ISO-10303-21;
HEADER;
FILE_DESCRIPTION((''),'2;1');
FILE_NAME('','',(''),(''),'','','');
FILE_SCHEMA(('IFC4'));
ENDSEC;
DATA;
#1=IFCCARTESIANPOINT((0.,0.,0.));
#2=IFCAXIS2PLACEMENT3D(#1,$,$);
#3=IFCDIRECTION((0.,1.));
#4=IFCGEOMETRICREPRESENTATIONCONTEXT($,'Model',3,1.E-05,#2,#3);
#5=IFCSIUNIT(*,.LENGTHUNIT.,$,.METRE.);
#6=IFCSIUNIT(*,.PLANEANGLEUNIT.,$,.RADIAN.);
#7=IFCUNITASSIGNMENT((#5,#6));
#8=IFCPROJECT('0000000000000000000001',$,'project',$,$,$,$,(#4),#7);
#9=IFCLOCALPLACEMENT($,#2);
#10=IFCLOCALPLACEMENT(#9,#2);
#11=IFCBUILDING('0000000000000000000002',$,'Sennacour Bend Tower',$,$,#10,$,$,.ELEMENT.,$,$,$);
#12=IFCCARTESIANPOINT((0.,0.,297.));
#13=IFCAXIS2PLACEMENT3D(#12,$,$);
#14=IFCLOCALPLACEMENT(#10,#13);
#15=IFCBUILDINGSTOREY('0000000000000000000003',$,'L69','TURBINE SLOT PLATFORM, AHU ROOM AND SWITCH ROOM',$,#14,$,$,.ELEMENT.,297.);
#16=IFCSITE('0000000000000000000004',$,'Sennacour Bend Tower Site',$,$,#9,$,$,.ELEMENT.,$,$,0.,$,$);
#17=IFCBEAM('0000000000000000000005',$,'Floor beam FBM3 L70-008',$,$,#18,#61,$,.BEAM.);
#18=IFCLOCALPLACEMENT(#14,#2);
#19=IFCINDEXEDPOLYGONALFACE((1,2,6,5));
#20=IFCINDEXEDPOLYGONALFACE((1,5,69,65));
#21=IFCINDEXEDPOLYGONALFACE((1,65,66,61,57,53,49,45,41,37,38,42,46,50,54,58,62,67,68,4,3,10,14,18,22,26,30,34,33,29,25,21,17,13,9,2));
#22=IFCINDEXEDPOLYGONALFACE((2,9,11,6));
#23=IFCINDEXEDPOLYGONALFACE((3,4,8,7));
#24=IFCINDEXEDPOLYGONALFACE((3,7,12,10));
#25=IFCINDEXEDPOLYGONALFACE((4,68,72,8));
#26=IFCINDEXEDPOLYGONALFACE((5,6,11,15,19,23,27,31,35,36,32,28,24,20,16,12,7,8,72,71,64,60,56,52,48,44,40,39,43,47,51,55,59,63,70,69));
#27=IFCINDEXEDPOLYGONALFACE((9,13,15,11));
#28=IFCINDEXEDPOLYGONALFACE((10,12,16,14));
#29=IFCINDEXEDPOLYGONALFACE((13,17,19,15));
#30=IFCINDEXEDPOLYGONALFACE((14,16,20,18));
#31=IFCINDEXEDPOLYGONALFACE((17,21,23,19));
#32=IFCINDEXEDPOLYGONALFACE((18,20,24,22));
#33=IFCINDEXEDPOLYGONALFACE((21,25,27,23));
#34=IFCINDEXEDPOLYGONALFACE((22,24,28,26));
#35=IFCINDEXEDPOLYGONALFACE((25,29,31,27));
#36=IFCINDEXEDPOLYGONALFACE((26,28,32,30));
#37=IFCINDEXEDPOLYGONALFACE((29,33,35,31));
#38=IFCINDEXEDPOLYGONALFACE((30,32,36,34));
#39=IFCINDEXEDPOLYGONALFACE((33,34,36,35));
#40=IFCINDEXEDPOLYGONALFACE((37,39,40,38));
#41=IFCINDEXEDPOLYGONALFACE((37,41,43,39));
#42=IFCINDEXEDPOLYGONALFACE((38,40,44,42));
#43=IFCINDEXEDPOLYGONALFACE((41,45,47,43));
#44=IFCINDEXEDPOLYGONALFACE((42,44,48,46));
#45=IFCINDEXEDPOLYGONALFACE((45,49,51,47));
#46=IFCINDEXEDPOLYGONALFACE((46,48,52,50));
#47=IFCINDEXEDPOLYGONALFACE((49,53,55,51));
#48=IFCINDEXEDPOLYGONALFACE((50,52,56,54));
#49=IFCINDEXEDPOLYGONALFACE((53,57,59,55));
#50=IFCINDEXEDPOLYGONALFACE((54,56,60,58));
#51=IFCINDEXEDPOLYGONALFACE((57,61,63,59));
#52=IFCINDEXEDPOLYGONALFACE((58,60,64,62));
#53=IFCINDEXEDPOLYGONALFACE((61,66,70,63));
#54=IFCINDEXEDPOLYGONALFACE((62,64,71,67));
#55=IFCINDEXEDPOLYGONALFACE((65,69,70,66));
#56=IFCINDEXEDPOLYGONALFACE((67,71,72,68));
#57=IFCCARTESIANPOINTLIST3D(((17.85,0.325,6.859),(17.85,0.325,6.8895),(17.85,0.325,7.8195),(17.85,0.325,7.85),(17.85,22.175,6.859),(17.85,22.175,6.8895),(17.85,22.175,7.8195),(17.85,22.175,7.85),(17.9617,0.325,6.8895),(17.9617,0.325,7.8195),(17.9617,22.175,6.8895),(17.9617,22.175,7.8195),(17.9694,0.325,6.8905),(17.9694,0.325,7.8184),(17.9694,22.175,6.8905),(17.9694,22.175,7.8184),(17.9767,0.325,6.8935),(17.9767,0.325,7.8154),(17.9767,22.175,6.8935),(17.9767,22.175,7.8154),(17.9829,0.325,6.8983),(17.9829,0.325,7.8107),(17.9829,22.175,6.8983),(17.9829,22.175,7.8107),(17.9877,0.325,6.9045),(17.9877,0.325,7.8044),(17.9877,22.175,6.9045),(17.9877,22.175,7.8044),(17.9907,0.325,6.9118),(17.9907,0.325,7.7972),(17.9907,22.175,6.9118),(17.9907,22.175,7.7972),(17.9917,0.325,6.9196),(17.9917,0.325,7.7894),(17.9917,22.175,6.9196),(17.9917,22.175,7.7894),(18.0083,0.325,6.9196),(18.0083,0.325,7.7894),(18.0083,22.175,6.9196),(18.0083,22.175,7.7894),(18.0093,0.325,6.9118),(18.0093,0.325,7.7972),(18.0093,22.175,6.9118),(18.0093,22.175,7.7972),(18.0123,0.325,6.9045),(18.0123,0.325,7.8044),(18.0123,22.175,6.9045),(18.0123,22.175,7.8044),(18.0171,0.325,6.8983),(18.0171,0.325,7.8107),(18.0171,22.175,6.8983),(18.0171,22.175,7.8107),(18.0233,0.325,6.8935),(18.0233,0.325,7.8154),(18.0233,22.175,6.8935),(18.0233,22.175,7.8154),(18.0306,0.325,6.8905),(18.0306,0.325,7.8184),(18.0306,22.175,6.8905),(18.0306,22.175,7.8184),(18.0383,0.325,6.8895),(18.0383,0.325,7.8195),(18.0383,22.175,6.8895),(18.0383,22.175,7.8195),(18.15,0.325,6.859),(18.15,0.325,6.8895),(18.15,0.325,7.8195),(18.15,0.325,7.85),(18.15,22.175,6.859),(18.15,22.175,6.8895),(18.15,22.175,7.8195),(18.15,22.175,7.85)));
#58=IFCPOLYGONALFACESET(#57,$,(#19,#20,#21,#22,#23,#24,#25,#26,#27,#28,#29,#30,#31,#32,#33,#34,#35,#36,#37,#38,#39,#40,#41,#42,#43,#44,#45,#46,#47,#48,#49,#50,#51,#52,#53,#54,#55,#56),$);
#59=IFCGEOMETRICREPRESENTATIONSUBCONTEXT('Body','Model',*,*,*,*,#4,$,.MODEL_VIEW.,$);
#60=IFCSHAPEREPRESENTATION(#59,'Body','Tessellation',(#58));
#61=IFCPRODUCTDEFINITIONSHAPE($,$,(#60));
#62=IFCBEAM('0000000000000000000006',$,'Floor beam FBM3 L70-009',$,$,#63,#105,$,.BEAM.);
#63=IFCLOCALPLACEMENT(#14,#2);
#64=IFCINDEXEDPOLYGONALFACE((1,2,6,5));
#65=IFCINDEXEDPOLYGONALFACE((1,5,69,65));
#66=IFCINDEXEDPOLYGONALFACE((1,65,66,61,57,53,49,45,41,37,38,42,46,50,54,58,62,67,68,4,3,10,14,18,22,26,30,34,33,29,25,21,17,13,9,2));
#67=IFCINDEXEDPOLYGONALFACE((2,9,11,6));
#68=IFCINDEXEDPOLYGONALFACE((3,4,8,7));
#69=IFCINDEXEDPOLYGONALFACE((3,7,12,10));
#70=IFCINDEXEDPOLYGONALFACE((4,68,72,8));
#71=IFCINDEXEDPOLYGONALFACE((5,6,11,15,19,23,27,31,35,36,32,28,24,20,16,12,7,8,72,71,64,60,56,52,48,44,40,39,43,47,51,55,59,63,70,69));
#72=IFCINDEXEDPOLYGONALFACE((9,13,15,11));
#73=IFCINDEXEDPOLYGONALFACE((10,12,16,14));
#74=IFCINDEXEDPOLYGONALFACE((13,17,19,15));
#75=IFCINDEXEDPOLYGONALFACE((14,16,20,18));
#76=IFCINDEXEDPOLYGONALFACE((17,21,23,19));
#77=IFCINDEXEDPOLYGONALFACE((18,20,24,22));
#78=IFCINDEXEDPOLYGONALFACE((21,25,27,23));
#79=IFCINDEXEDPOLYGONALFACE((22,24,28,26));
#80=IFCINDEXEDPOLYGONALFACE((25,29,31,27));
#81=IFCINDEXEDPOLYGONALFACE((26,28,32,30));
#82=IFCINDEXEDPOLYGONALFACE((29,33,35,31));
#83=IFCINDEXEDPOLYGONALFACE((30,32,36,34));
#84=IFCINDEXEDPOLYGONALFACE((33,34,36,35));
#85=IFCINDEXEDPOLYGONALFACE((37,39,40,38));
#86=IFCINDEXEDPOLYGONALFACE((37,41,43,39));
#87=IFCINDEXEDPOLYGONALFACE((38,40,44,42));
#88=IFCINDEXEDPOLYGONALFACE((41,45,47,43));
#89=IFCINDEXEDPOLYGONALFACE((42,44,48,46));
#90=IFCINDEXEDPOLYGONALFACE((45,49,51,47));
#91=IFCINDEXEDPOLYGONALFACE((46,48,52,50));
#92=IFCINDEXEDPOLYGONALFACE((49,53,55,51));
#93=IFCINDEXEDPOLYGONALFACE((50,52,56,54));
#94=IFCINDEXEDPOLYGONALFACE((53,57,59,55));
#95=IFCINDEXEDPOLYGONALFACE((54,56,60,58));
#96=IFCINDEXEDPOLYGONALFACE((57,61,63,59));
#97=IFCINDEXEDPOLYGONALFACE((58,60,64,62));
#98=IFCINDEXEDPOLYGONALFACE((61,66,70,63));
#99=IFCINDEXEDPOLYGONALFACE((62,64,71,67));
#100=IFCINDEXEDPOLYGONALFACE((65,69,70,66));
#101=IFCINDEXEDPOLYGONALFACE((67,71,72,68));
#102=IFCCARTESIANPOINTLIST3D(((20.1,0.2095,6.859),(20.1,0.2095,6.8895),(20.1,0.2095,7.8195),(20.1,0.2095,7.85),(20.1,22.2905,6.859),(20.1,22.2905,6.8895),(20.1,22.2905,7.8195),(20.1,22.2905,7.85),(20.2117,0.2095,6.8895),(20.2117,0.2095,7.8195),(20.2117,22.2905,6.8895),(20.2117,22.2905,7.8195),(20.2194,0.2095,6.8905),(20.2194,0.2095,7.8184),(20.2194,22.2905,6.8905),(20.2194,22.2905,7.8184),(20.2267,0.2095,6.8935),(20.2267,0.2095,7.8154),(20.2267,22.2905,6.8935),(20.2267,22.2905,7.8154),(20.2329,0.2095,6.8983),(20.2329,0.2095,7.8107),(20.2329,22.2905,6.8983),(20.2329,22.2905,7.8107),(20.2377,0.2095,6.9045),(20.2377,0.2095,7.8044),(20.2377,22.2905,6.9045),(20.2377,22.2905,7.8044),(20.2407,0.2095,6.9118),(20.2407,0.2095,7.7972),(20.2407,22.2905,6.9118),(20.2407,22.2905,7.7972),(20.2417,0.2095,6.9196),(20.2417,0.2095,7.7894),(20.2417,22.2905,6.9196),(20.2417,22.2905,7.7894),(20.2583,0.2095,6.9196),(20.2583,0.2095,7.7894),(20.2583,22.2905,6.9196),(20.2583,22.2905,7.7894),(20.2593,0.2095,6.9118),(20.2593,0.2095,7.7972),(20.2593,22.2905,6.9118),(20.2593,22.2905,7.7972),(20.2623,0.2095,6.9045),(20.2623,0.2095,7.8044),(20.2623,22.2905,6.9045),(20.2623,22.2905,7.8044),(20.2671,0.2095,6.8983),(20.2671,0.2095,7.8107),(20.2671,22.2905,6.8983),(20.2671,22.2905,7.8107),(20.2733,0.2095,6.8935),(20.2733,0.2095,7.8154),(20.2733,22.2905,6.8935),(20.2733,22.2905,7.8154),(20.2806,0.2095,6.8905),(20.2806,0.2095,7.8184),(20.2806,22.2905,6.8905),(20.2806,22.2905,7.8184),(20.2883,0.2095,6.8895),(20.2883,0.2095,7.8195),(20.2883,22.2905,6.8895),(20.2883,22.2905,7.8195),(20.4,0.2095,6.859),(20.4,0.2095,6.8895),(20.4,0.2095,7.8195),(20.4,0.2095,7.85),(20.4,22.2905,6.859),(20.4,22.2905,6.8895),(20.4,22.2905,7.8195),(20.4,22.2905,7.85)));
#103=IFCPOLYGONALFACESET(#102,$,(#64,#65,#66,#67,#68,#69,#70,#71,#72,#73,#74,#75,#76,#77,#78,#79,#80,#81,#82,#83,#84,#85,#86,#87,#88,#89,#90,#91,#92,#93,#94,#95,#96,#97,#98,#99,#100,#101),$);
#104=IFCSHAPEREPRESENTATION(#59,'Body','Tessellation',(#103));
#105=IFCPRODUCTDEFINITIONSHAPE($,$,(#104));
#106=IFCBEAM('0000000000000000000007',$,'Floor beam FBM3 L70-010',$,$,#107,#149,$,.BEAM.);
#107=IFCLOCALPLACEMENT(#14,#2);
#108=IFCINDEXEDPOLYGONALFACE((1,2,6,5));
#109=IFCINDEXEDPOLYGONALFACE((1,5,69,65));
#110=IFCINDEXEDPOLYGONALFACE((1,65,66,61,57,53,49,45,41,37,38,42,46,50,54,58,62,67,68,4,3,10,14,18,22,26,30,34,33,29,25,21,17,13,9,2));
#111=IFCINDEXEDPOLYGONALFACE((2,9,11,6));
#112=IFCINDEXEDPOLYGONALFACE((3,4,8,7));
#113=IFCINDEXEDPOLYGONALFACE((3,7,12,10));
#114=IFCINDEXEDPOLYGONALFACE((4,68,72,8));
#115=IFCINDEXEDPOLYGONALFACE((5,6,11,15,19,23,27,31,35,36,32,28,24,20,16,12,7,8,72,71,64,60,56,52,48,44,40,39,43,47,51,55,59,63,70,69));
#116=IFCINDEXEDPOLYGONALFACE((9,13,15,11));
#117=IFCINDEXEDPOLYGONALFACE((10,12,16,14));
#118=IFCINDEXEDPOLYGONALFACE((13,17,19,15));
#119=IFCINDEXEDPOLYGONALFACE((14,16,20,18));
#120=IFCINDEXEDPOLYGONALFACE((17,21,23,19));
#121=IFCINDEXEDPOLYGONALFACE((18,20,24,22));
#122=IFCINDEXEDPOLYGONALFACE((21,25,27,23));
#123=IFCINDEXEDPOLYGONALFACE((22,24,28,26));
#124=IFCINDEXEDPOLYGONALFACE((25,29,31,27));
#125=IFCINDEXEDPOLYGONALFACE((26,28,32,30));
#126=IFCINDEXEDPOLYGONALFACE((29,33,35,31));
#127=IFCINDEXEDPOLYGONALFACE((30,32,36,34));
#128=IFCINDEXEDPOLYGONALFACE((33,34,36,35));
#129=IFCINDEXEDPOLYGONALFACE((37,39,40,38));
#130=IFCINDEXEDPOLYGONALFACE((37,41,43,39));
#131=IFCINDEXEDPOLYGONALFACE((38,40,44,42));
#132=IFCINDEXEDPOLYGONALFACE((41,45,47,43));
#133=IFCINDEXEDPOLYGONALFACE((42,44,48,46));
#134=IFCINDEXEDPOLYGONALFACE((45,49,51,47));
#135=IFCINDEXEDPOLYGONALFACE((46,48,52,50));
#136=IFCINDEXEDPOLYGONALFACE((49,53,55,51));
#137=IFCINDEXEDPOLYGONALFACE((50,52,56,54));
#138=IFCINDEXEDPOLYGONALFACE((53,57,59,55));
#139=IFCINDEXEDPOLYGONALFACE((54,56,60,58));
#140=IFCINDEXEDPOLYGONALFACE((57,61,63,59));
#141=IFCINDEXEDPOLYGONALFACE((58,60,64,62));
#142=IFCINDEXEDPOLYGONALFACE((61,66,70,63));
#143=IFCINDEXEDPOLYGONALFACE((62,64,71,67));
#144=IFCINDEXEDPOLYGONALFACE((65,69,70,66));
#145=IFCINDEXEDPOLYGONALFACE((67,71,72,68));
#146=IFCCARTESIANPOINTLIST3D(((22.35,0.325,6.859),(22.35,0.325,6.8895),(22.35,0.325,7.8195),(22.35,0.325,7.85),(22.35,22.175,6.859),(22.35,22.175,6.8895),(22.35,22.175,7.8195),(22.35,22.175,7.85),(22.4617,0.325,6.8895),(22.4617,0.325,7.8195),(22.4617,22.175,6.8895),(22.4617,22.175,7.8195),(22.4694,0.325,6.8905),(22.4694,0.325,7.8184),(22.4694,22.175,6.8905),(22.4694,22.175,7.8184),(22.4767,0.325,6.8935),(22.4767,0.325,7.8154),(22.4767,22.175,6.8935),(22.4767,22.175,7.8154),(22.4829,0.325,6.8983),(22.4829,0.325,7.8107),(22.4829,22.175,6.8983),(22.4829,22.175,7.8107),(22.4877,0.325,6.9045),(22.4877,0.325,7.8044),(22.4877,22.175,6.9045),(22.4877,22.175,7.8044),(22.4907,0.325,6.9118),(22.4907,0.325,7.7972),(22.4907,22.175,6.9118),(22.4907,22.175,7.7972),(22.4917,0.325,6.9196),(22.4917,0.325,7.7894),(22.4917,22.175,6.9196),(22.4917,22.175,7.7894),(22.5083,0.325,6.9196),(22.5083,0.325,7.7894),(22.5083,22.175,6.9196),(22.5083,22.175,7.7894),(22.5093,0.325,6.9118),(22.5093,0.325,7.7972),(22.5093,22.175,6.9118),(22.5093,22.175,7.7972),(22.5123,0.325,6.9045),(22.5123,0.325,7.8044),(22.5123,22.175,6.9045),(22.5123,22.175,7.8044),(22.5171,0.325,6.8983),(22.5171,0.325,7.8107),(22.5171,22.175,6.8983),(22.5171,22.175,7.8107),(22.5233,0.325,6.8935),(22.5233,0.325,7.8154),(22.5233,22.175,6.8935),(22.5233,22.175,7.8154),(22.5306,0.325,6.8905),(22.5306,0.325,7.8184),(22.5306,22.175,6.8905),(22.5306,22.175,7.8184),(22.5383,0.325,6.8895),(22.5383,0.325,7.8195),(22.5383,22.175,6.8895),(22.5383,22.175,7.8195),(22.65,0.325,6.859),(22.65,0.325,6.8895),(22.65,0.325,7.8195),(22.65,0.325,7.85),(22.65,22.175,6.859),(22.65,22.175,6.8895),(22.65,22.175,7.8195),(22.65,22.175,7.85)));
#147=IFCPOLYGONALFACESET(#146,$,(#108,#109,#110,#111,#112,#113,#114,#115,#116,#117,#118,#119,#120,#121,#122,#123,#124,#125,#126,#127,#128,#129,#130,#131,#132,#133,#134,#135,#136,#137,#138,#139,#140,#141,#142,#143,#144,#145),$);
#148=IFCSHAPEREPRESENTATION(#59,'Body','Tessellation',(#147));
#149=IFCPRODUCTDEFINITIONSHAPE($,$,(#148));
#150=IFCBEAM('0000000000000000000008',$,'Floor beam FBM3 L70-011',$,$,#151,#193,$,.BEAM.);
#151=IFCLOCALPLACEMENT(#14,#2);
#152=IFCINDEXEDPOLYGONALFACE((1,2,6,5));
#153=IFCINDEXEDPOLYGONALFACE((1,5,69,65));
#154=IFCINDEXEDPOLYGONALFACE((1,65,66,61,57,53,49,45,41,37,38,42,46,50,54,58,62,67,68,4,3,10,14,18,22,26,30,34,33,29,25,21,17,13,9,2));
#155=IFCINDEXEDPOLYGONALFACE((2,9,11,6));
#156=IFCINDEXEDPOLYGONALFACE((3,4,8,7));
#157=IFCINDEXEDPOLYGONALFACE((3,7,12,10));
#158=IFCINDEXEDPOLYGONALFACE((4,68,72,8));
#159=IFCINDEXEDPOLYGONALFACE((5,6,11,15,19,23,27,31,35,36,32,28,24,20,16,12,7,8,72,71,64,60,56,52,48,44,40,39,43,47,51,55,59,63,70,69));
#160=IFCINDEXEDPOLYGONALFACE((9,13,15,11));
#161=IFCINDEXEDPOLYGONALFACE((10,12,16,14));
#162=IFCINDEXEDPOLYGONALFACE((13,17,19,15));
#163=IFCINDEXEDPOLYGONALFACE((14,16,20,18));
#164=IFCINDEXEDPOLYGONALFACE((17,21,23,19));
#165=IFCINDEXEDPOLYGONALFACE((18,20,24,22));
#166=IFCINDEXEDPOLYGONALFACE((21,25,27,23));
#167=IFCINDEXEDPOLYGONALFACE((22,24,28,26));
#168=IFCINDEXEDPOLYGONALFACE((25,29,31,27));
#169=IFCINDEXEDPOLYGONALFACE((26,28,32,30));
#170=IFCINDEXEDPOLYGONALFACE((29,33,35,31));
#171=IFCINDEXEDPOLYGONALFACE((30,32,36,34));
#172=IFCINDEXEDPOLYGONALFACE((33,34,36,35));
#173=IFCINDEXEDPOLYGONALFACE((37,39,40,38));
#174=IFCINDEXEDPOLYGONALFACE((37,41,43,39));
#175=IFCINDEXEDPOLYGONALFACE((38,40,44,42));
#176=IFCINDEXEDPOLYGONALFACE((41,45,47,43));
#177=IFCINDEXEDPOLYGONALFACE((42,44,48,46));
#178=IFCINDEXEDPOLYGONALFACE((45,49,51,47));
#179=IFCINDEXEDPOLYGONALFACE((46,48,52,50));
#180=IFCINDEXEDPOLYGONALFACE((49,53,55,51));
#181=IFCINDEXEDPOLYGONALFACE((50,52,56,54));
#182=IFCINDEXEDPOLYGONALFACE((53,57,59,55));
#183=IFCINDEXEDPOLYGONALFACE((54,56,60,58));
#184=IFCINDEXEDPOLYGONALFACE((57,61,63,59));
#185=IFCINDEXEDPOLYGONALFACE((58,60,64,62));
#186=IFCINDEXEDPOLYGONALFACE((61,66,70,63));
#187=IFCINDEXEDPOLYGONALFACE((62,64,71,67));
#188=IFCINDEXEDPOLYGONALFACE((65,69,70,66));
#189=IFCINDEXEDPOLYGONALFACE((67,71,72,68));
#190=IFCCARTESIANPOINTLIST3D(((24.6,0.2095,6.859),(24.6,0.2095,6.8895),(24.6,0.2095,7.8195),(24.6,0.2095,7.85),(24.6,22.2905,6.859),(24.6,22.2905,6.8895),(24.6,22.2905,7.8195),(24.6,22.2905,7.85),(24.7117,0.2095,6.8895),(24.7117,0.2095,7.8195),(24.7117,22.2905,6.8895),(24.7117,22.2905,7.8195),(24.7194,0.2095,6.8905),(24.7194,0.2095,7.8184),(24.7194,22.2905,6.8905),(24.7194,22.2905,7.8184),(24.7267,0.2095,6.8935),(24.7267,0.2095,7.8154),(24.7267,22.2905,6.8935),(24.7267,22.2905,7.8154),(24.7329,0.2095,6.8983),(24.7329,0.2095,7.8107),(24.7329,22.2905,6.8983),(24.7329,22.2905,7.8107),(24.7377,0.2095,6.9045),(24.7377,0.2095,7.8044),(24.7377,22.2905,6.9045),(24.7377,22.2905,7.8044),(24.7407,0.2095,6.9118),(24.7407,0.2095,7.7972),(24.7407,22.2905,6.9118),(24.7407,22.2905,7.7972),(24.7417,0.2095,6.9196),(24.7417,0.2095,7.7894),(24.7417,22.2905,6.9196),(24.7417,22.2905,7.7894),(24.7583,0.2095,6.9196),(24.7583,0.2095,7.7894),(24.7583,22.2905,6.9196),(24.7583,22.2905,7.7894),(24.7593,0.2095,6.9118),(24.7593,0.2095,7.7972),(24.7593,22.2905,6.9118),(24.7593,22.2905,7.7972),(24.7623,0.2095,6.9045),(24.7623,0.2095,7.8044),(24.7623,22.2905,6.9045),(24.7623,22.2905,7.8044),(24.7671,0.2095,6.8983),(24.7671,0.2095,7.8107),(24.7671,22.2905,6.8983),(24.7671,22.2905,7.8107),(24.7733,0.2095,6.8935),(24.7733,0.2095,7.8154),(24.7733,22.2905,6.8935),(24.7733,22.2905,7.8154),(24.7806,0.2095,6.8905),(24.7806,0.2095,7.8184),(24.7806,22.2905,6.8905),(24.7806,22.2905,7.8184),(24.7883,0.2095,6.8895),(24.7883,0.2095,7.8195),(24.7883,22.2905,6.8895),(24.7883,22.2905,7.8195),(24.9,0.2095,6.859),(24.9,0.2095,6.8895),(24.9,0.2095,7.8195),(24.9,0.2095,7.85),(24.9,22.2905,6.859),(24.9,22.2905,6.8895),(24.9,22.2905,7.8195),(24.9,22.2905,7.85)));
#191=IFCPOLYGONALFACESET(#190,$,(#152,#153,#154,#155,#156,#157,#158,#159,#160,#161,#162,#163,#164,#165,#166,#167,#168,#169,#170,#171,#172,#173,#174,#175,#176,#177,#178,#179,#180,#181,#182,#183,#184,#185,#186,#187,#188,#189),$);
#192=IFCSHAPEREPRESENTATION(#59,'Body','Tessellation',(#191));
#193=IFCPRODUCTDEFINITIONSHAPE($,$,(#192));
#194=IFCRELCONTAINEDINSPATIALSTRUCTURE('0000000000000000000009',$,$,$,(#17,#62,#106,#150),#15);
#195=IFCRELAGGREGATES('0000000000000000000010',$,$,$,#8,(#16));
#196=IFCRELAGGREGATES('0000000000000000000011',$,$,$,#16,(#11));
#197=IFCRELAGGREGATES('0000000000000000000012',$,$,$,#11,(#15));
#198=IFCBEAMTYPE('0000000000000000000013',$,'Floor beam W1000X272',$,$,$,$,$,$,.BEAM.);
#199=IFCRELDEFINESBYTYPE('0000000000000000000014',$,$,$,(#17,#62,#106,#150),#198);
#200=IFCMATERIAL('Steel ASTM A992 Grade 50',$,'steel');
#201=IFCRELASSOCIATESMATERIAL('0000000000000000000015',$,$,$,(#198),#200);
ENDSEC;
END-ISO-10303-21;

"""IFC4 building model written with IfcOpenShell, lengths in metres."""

from ifc_helpers import new_model, si_unit, direction, frame, origin, origin_2d, place, context, subcontext, project, spatial, i_section, extrude, material, material_profile, profile_set, type_object, element, save


model = new_model("IFC4")

# Units and contexts
model_context = context("Model", 3, precision=1e-05, world=origin(), true_north=direction((0.0, 1.0)))
body_context = subcontext(model_context, "Body", "Model", "MODEL_VIEW")
ifc_project = project(units=[si_unit("LENGTHUNIT", "METRE"), si_unit("PLANEANGLEUNIT", "RADIAN")], contexts=[model_context])

# Site, building, storey
site_placement = place(None, origin())
site = spatial("IfcSite", under=ifc_project, at=site_placement, Name="Sennacour Bend Tower Site", CompositionType="ELEMENT", RefElevation=0.0)
building_placement = place(site_placement, origin())
building = spatial("IfcBuilding", under=site, at=building_placement, Name="Sennacour Bend Tower", CompositionType="ELEMENT")
storey_placement = place(building_placement, frame((0.0, 0.0, 297.0)))
storey = spatial("IfcBuildingStorey", under=building, at=storey_placement, Name="L69", Description="TURBINE SLOT PLATFORM, AHU ROOM AND SWITCH ROOM", CompositionType="ELEMENT", Elevation=297.0)

# Shared definitions
ifc_material_1 = material(Name="Steel ASTM A992 Grade 50", Category="steel")

# Beams
ifc_material_profile_1 = material_profile(ifc_material_1, i_section(OverallWidth=0.3, OverallDepth=0.991, WebThickness=0.0166, FlangeThickness=0.0305, FilletRadius=0.03, at=origin_2d()), Name="Steel ASTM A992 Grade 50", Category="steel")
ifc_profile_set_1 = profile_set([ifc_material_profile_1], Name="Steel ASTM A992 Grade 50")
beam_type = type_object("IfcBeamType", Name="Floor beam W1000X272", PredefinedType="BEAM", material=ifc_profile_set_1)
beam_1_placement = place(storey_placement, frame((18.0, 0.325, 7.3545), z_axis=(0.0, 1.0, 0.0), x_axis=(-1.0, 0.0, 0.0)))
element("IfcBeam", 1, at=beam_1_placement, inside=storey, type_object=beam_type, Name="Floor beam FBM3 L70-008", PredefinedType="BEAM", context=body_context, shape_type="SweptSolid", body=[
    extrude(i_section(OverallWidth=0.3, OverallDepth=0.991, WebThickness=0.0166, FlangeThickness=0.0305, FilletRadius=0.03, at=origin_2d()), origin(), (0.0, 0.0, 1.0), 21.8501),
])
beam_2_placement = place(storey_placement, frame((20.25, 0.2095, 7.3545), z_axis=(0.0, 1.0, 0.0), x_axis=(-1.0, 0.0, 0.0)))
element("IfcBeam", 2, at=beam_2_placement, inside=storey, type_object=beam_type, Name="Floor beam FBM3 L70-009", PredefinedType="BEAM", context=body_context, shape_type="SweptSolid", body=[
    extrude(i_section(OverallWidth=0.3, OverallDepth=0.991, WebThickness=0.0166, FlangeThickness=0.0305, FilletRadius=0.03, at=origin_2d()), origin(), (0.0, 0.0, 1.0), 22.0811),
])
beam_3_placement = place(storey_placement, frame((22.5, 0.325, 7.3545), z_axis=(0.0, 1.0, 0.0), x_axis=(-1.0, 0.0, 0.0)))
element("IfcBeam", 3, at=beam_3_placement, inside=storey, type_object=beam_type, Name="Floor beam FBM3 L70-010", PredefinedType="BEAM", context=body_context, shape_type="SweptSolid", body=[
    extrude(i_section(OverallWidth=0.3, OverallDepth=0.991, WebThickness=0.0166, FlangeThickness=0.0305, FilletRadius=0.03, at=origin_2d()), origin(), (0.0, 0.0, 1.0), 21.8501),
])
beam_4_placement = place(storey_placement, frame((24.75, 0.2095, 7.3545), z_axis=(0.0, 1.0, 0.0), x_axis=(-1.0, 0.0, 0.0)))
element("IfcBeam", 4, at=beam_4_placement, inside=storey, type_object=beam_type, Name="Floor beam FBM3 L70-011", PredefinedType="BEAM", context=body_context, shape_type="SweptSolid", body=[
    extrude(i_section(OverallWidth=0.3, OverallDepth=0.991, WebThickness=0.0166, FlangeThickness=0.0305, FilletRadius=0.03, at=origin_2d()), origin(), (0.0, 0.0, 1.0), 22.0811),
])

save(model, "model.ifc")
